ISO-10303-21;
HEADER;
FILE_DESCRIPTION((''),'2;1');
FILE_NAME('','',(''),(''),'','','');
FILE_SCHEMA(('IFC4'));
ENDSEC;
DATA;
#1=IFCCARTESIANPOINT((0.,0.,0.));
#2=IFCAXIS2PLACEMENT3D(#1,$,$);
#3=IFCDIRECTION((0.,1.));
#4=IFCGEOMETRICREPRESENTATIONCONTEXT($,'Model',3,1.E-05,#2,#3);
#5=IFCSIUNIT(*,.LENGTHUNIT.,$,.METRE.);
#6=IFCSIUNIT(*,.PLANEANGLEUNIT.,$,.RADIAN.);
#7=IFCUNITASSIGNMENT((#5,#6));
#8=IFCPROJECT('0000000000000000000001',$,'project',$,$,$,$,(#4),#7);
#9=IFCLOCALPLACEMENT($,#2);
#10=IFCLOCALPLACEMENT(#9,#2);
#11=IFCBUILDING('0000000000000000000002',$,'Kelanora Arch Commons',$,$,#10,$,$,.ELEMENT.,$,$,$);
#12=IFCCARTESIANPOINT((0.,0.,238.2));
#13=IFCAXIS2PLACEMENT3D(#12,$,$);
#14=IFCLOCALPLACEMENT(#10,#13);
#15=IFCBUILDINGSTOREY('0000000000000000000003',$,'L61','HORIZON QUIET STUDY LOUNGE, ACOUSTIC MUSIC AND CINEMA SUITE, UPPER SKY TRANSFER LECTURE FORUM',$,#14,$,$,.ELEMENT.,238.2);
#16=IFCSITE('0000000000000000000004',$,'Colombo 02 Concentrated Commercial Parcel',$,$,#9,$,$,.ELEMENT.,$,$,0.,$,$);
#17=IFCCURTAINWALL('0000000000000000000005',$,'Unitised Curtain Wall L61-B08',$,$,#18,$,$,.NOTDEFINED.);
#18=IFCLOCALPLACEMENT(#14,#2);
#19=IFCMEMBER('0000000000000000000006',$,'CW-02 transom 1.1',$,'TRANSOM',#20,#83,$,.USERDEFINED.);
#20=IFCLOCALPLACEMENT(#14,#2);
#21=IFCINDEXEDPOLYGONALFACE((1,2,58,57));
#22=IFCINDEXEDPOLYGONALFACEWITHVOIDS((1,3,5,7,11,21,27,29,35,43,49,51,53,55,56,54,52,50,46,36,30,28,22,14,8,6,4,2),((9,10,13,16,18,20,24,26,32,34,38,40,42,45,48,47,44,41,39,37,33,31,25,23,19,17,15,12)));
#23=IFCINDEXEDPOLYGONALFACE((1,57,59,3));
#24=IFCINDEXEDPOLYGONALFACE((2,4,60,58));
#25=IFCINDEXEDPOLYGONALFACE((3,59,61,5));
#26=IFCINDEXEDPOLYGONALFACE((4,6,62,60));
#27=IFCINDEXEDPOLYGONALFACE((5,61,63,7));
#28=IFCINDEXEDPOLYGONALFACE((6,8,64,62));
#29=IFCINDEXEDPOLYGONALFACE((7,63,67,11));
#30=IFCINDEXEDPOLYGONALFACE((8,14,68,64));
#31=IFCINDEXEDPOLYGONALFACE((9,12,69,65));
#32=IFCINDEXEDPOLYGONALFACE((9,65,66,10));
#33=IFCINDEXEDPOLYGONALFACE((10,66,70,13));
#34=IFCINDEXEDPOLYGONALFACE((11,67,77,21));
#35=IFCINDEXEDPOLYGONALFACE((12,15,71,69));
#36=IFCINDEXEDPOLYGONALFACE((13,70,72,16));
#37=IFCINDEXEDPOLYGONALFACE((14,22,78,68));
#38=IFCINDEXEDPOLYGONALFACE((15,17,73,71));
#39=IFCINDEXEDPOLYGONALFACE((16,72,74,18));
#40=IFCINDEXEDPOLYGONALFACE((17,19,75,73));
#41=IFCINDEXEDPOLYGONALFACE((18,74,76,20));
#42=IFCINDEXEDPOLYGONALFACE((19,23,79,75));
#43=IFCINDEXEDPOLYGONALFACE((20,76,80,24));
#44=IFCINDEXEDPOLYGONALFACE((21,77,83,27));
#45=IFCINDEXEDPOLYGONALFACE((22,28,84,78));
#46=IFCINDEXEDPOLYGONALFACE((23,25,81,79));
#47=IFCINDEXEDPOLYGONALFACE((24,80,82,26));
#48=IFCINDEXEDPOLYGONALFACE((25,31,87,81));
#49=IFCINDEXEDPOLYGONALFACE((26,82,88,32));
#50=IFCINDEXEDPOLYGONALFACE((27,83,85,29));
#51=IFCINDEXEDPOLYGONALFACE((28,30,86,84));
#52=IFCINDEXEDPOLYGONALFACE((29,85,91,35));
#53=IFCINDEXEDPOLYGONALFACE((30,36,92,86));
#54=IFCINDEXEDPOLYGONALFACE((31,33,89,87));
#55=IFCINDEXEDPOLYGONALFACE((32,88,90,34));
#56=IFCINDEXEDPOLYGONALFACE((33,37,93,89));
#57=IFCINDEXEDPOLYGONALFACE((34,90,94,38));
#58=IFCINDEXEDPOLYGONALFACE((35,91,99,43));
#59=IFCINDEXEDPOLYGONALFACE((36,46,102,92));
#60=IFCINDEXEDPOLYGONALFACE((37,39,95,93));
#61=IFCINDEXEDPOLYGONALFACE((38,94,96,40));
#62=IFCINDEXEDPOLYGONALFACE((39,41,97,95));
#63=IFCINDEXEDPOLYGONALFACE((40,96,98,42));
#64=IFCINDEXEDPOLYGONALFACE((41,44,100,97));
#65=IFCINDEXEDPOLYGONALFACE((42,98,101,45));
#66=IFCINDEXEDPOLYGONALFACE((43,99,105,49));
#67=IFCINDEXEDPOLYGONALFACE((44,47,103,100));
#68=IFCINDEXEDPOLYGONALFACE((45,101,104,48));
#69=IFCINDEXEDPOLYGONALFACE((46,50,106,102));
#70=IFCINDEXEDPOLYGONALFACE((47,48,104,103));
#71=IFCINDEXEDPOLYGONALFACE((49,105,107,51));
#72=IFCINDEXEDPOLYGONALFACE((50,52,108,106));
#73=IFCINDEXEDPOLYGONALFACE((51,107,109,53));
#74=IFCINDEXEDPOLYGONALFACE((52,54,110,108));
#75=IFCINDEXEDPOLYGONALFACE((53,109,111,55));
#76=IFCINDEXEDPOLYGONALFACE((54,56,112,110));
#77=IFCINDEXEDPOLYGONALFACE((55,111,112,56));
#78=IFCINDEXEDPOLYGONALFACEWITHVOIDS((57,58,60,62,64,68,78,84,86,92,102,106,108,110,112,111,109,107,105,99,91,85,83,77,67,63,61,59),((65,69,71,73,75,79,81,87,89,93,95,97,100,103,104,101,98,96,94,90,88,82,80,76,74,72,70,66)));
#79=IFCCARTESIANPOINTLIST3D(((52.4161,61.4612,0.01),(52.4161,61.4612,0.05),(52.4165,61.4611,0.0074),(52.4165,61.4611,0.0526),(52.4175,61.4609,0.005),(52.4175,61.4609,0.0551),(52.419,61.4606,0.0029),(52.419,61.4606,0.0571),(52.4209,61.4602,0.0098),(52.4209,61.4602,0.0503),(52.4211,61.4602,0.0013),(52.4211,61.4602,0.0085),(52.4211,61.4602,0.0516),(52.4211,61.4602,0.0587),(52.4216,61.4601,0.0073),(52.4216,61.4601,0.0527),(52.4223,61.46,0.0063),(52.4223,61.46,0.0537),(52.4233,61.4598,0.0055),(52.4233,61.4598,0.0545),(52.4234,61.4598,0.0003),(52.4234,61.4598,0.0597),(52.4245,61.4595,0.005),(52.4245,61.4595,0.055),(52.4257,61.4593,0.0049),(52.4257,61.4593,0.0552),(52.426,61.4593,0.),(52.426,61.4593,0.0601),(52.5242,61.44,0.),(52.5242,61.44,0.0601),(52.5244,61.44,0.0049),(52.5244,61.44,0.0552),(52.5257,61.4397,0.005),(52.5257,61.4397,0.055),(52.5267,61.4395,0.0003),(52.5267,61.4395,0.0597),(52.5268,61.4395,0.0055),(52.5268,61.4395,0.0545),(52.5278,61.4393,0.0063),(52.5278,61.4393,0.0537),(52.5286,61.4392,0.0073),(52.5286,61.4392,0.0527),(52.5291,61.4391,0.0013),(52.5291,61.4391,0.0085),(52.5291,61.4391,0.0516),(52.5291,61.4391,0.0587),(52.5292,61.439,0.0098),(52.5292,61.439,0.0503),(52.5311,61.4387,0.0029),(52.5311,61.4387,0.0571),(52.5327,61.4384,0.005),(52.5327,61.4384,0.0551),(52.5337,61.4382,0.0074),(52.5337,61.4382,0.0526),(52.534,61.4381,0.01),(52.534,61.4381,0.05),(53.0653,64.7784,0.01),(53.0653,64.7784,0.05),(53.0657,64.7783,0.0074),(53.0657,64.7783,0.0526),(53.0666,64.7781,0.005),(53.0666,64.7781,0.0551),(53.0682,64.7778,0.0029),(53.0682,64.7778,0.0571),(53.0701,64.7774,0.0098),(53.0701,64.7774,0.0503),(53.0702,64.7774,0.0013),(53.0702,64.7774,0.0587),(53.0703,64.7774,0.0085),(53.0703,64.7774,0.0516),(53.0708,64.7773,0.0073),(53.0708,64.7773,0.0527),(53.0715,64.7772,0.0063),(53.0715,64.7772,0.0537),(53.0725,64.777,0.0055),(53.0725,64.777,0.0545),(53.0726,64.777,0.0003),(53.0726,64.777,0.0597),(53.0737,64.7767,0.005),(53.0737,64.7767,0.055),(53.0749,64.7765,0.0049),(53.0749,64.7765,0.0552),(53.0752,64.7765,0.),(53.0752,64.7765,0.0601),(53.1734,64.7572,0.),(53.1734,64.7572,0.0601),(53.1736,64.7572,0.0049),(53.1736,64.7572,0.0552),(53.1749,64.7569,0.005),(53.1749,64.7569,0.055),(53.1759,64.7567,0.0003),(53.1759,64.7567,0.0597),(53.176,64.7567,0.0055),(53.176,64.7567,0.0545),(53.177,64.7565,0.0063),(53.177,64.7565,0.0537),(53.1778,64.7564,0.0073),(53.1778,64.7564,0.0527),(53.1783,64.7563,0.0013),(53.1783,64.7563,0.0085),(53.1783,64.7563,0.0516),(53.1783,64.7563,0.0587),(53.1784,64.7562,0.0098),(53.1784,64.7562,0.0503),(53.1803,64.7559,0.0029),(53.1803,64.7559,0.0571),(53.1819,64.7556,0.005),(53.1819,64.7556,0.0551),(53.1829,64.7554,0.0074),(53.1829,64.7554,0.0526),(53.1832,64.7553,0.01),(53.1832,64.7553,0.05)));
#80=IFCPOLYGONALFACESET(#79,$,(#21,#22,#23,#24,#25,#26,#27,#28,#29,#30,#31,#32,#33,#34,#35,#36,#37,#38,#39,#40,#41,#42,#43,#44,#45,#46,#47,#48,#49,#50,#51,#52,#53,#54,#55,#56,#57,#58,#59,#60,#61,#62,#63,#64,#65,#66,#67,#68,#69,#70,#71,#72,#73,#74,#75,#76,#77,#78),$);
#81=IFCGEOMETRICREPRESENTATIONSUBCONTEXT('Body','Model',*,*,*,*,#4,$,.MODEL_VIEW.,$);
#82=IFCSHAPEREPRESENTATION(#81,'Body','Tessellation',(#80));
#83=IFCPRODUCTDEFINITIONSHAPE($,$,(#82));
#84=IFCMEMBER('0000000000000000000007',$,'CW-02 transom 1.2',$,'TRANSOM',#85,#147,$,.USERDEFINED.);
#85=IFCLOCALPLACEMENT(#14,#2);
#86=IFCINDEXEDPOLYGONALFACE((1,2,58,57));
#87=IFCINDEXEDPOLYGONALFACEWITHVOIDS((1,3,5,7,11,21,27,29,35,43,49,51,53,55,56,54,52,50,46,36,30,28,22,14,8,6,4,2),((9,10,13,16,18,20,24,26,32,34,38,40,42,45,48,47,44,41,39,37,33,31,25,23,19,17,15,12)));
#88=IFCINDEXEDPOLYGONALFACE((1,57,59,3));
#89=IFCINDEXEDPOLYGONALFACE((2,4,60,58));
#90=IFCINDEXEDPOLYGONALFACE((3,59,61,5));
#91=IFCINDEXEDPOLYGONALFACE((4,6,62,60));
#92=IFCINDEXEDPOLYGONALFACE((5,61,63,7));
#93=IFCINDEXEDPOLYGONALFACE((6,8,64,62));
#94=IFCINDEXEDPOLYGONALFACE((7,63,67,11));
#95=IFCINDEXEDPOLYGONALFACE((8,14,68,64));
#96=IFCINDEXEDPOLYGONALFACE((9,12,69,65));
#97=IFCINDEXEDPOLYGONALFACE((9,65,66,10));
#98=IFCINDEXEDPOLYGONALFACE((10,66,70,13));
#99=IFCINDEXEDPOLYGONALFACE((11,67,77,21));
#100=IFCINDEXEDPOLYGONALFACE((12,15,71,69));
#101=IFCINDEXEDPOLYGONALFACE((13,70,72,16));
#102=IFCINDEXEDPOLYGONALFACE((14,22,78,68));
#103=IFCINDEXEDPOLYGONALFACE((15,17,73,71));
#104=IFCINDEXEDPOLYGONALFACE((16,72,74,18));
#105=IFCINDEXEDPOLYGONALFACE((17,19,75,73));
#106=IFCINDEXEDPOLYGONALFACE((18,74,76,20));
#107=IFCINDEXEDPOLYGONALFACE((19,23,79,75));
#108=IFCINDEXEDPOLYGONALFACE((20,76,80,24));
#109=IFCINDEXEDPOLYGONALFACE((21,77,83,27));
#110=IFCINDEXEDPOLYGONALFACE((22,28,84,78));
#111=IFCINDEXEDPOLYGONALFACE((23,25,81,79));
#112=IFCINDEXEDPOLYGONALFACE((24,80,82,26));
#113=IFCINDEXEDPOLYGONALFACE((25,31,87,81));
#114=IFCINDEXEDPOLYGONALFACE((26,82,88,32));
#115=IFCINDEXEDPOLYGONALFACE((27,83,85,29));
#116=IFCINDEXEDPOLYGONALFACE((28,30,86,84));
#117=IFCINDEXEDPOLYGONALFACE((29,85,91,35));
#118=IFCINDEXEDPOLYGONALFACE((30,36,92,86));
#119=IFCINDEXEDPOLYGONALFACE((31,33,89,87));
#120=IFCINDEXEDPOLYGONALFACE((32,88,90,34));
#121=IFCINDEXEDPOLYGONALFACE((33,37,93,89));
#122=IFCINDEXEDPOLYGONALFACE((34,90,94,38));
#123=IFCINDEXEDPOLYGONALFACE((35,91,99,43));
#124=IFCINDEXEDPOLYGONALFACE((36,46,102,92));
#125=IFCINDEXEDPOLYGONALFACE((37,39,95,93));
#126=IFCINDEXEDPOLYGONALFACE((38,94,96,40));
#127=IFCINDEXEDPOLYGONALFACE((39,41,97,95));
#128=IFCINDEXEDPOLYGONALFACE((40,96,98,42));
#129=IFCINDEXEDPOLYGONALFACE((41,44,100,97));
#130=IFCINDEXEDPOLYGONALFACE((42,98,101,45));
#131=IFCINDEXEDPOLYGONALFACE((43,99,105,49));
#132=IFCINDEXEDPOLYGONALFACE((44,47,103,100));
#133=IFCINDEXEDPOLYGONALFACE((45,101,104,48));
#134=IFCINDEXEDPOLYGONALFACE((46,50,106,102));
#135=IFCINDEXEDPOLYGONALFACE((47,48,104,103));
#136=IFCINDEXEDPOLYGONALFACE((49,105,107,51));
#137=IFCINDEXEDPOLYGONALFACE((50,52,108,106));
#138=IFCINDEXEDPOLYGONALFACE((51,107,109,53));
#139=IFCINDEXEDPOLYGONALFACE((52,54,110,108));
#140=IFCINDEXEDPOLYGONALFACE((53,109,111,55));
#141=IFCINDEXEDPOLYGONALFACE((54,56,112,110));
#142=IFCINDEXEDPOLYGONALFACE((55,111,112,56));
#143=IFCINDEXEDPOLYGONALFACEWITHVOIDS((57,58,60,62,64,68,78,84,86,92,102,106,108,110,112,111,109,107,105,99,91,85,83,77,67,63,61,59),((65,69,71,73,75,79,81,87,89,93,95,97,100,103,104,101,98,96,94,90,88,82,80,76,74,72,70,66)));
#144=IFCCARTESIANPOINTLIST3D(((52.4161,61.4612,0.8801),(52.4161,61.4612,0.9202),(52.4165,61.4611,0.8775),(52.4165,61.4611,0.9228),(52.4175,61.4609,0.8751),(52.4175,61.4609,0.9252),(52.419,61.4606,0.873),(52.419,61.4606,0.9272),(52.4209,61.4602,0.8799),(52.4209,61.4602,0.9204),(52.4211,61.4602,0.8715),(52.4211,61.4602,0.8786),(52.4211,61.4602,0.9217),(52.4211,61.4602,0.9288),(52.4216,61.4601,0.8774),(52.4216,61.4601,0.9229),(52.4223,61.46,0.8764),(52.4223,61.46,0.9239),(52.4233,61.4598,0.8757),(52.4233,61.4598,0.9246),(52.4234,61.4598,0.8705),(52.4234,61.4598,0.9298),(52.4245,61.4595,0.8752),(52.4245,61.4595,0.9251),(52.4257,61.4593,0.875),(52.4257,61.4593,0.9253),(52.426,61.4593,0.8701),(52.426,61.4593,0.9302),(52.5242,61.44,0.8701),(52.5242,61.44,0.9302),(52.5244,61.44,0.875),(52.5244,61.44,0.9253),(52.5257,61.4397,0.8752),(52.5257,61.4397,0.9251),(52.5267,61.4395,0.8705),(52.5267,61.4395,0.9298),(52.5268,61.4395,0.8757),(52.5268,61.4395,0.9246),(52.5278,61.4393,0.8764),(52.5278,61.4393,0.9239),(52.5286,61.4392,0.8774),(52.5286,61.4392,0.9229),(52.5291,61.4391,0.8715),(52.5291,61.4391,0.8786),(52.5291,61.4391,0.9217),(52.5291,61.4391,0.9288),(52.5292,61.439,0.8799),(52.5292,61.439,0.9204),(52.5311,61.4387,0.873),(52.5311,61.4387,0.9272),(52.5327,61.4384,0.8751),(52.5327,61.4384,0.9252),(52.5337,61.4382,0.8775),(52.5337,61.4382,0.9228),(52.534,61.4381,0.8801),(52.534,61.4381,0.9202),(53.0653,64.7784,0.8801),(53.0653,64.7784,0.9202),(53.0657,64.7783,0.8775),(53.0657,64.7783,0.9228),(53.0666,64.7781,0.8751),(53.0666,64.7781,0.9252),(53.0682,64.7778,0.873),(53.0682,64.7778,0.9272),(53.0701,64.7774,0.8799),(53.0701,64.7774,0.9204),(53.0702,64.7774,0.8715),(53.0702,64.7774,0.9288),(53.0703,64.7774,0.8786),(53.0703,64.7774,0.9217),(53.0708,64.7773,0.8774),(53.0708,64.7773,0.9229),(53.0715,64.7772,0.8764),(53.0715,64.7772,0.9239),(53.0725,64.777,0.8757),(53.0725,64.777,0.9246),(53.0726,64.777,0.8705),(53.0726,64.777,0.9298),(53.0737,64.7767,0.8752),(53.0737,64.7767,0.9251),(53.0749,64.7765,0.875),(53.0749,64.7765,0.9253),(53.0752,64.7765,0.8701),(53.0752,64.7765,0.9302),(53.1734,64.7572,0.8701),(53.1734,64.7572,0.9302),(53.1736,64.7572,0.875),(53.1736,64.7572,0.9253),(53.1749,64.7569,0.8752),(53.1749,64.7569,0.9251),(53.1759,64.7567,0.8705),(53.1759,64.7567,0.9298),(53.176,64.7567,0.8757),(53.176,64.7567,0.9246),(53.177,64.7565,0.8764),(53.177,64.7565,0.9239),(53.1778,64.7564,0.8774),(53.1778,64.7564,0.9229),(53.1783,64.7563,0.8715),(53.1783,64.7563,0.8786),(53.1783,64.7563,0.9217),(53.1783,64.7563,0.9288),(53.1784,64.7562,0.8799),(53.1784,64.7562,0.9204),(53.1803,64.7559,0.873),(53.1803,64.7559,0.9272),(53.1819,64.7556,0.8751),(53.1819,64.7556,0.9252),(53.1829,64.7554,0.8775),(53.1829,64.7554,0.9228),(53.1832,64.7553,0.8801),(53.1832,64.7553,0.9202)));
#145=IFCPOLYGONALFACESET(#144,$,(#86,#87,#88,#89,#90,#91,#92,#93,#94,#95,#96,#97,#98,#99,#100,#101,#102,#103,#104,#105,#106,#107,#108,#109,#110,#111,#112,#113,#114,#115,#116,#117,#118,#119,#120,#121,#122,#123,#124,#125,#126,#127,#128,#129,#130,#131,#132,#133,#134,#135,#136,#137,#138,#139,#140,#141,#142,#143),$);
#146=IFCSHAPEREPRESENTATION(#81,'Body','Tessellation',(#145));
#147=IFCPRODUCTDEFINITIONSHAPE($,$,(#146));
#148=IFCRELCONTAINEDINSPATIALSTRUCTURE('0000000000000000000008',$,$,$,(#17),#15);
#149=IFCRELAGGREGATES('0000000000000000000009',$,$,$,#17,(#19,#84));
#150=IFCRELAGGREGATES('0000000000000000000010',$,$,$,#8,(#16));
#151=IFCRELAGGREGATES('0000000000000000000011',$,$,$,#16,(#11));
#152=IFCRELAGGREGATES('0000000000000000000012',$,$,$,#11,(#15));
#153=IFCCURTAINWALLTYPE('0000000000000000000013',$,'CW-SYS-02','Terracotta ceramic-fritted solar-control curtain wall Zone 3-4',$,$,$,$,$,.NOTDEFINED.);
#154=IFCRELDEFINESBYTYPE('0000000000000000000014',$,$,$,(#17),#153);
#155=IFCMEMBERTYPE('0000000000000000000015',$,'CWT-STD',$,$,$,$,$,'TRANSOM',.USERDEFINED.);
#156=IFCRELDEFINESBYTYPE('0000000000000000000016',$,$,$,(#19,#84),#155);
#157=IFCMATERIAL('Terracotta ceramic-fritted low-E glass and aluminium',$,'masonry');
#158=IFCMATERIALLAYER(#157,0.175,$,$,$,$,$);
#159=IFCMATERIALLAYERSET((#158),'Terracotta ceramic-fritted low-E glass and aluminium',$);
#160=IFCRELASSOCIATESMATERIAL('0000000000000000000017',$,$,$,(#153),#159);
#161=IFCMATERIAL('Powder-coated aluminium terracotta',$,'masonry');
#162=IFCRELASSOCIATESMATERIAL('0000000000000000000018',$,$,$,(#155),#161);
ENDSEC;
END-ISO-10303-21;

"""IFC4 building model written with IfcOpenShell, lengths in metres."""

from ifc_helpers import new_model, si_unit, direction, frame, origin, origin_2d, place, context, subcontext, project, spatial, hollow_rectangle, extrude, material, layer, layer_set, material_profile, profile_set, type_object, element, aggregate, save


model = new_model("IFC4")

# Units and contexts
model_context = context("Model", 3, precision=1e-05, world=origin(), true_north=direction((0.0, 1.0)))
body_context = subcontext(model_context, "Body", "Model", "MODEL_VIEW")
ifc_project = project(units=[si_unit("LENGTHUNIT", "METRE"), si_unit("PLANEANGLEUNIT", "RADIAN")], contexts=[model_context])

# Site, building, storey
site_placement = place(None, origin())
site = spatial("IfcSite", under=ifc_project, at=site_placement, Name="Colombo 02 Concentrated Commercial Parcel", CompositionType="ELEMENT", RefElevation=0.0)
building_placement = place(site_placement, origin())
building = spatial("IfcBuilding", under=site, at=building_placement, Name="Kelanora Arch Commons", CompositionType="ELEMENT")
storey_placement = place(building_placement, frame((0.0, 0.0, 238.2)))
storey = spatial("IfcBuildingStorey", under=building, at=storey_placement, Name="L61", Description="HORIZON QUIET STUDY LOUNGE, ACOUSTIC MUSIC AND CINEMA SUITE, UPPER SKY TRANSFER LECTURE FORUM", CompositionType="ELEMENT", Elevation=238.2)

# Curtain wall, members
ifc_material_1 = material(Name="Terracotta ceramic-fritted low-E glass and aluminium", Category="masonry")
ifc_layer_1 = layer(ifc_material_1, 0.175)
ifc_layer_set_1 = layer_set([ifc_layer_1], Name="Terracotta ceramic-fritted low-E glass and aluminium")
curtain_wall_type = type_object("IfcCurtainWallType", Name="CW-SYS-02", Description="Terracotta ceramic-fritted solar-control curtain wall Zone 3-4", PredefinedType="NOTDEFINED", material=ifc_layer_set_1)
curtain_wall_placement = place(storey_placement, origin())
curtain_wall = element("IfcCurtainWall", 1, at=curtain_wall_placement, inside=storey, type_object=curtain_wall_type, Name="Unitised Curtain Wall L61-B08", PredefinedType="NOTDEFINED")
ifc_material_2 = material(Name="Powder-coated aluminium terracotta", Category="masonry")
ifc_material_profile_1 = material_profile(ifc_material_2, hollow_rectangle(XDim=0.1201, YDim=0.0601, WallThickness=0.0049, InnerFilletRadius=0.0049, OuterFilletRadius=0.01, at=origin_2d()), Name="CWT120x60")
ifc_profile_set_1 = profile_set([ifc_material_profile_1], Name="Powder-coated aluminium terracotta")
member_type_1 = type_object("IfcMemberType", Name="CWT-STD", ElementType="TRANSOM", PredefinedType="USERDEFINED", material=ifc_profile_set_1)
member_1_placement = place(storey_placement, frame((53.1243, 64.7668, 0.03), z_axis=(-0.192058, -0.981383, 0.0), x_axis=(0.981383, -0.192058, 0.0)))
member_1 = element("IfcMember", 2, at=member_1_placement, type_object=member_type_1, Name="CW-02 transom 1.1", ObjectType="TRANSOM", PredefinedType="USERDEFINED", context=body_context, shape_type="SweptSolid", body=[
    extrude(hollow_rectangle(XDim=0.1201, YDim=0.0601, WallThickness=0.0049, InnerFilletRadius=0.0049, OuterFilletRadius=0.01, at=origin_2d()), origin(), (0.0, 0.0, 1.0), 3.3801),
])
member_2_placement = place(storey_placement, frame((53.1243, 64.7668, 0.9001), z_axis=(-0.192058, -0.981383, 0.0), x_axis=(0.981383, -0.192058, 0.0)))
member_2 = element("IfcMember", 3, at=member_2_placement, type_object=member_type_1, Name="CW-02 transom 1.2", ObjectType="TRANSOM", PredefinedType="USERDEFINED", context=body_context, shape_type="SweptSolid", body=[
    extrude(hollow_rectangle(XDim=0.1201, YDim=0.0601, WallThickness=0.0049, InnerFilletRadius=0.0049, OuterFilletRadius=0.01, at=origin_2d()), origin(), (0.0, 0.0, 1.0), 3.3801),
])
aggregate(curtain_wall, [member_1, member_2])

save(model, "model.ifc")
